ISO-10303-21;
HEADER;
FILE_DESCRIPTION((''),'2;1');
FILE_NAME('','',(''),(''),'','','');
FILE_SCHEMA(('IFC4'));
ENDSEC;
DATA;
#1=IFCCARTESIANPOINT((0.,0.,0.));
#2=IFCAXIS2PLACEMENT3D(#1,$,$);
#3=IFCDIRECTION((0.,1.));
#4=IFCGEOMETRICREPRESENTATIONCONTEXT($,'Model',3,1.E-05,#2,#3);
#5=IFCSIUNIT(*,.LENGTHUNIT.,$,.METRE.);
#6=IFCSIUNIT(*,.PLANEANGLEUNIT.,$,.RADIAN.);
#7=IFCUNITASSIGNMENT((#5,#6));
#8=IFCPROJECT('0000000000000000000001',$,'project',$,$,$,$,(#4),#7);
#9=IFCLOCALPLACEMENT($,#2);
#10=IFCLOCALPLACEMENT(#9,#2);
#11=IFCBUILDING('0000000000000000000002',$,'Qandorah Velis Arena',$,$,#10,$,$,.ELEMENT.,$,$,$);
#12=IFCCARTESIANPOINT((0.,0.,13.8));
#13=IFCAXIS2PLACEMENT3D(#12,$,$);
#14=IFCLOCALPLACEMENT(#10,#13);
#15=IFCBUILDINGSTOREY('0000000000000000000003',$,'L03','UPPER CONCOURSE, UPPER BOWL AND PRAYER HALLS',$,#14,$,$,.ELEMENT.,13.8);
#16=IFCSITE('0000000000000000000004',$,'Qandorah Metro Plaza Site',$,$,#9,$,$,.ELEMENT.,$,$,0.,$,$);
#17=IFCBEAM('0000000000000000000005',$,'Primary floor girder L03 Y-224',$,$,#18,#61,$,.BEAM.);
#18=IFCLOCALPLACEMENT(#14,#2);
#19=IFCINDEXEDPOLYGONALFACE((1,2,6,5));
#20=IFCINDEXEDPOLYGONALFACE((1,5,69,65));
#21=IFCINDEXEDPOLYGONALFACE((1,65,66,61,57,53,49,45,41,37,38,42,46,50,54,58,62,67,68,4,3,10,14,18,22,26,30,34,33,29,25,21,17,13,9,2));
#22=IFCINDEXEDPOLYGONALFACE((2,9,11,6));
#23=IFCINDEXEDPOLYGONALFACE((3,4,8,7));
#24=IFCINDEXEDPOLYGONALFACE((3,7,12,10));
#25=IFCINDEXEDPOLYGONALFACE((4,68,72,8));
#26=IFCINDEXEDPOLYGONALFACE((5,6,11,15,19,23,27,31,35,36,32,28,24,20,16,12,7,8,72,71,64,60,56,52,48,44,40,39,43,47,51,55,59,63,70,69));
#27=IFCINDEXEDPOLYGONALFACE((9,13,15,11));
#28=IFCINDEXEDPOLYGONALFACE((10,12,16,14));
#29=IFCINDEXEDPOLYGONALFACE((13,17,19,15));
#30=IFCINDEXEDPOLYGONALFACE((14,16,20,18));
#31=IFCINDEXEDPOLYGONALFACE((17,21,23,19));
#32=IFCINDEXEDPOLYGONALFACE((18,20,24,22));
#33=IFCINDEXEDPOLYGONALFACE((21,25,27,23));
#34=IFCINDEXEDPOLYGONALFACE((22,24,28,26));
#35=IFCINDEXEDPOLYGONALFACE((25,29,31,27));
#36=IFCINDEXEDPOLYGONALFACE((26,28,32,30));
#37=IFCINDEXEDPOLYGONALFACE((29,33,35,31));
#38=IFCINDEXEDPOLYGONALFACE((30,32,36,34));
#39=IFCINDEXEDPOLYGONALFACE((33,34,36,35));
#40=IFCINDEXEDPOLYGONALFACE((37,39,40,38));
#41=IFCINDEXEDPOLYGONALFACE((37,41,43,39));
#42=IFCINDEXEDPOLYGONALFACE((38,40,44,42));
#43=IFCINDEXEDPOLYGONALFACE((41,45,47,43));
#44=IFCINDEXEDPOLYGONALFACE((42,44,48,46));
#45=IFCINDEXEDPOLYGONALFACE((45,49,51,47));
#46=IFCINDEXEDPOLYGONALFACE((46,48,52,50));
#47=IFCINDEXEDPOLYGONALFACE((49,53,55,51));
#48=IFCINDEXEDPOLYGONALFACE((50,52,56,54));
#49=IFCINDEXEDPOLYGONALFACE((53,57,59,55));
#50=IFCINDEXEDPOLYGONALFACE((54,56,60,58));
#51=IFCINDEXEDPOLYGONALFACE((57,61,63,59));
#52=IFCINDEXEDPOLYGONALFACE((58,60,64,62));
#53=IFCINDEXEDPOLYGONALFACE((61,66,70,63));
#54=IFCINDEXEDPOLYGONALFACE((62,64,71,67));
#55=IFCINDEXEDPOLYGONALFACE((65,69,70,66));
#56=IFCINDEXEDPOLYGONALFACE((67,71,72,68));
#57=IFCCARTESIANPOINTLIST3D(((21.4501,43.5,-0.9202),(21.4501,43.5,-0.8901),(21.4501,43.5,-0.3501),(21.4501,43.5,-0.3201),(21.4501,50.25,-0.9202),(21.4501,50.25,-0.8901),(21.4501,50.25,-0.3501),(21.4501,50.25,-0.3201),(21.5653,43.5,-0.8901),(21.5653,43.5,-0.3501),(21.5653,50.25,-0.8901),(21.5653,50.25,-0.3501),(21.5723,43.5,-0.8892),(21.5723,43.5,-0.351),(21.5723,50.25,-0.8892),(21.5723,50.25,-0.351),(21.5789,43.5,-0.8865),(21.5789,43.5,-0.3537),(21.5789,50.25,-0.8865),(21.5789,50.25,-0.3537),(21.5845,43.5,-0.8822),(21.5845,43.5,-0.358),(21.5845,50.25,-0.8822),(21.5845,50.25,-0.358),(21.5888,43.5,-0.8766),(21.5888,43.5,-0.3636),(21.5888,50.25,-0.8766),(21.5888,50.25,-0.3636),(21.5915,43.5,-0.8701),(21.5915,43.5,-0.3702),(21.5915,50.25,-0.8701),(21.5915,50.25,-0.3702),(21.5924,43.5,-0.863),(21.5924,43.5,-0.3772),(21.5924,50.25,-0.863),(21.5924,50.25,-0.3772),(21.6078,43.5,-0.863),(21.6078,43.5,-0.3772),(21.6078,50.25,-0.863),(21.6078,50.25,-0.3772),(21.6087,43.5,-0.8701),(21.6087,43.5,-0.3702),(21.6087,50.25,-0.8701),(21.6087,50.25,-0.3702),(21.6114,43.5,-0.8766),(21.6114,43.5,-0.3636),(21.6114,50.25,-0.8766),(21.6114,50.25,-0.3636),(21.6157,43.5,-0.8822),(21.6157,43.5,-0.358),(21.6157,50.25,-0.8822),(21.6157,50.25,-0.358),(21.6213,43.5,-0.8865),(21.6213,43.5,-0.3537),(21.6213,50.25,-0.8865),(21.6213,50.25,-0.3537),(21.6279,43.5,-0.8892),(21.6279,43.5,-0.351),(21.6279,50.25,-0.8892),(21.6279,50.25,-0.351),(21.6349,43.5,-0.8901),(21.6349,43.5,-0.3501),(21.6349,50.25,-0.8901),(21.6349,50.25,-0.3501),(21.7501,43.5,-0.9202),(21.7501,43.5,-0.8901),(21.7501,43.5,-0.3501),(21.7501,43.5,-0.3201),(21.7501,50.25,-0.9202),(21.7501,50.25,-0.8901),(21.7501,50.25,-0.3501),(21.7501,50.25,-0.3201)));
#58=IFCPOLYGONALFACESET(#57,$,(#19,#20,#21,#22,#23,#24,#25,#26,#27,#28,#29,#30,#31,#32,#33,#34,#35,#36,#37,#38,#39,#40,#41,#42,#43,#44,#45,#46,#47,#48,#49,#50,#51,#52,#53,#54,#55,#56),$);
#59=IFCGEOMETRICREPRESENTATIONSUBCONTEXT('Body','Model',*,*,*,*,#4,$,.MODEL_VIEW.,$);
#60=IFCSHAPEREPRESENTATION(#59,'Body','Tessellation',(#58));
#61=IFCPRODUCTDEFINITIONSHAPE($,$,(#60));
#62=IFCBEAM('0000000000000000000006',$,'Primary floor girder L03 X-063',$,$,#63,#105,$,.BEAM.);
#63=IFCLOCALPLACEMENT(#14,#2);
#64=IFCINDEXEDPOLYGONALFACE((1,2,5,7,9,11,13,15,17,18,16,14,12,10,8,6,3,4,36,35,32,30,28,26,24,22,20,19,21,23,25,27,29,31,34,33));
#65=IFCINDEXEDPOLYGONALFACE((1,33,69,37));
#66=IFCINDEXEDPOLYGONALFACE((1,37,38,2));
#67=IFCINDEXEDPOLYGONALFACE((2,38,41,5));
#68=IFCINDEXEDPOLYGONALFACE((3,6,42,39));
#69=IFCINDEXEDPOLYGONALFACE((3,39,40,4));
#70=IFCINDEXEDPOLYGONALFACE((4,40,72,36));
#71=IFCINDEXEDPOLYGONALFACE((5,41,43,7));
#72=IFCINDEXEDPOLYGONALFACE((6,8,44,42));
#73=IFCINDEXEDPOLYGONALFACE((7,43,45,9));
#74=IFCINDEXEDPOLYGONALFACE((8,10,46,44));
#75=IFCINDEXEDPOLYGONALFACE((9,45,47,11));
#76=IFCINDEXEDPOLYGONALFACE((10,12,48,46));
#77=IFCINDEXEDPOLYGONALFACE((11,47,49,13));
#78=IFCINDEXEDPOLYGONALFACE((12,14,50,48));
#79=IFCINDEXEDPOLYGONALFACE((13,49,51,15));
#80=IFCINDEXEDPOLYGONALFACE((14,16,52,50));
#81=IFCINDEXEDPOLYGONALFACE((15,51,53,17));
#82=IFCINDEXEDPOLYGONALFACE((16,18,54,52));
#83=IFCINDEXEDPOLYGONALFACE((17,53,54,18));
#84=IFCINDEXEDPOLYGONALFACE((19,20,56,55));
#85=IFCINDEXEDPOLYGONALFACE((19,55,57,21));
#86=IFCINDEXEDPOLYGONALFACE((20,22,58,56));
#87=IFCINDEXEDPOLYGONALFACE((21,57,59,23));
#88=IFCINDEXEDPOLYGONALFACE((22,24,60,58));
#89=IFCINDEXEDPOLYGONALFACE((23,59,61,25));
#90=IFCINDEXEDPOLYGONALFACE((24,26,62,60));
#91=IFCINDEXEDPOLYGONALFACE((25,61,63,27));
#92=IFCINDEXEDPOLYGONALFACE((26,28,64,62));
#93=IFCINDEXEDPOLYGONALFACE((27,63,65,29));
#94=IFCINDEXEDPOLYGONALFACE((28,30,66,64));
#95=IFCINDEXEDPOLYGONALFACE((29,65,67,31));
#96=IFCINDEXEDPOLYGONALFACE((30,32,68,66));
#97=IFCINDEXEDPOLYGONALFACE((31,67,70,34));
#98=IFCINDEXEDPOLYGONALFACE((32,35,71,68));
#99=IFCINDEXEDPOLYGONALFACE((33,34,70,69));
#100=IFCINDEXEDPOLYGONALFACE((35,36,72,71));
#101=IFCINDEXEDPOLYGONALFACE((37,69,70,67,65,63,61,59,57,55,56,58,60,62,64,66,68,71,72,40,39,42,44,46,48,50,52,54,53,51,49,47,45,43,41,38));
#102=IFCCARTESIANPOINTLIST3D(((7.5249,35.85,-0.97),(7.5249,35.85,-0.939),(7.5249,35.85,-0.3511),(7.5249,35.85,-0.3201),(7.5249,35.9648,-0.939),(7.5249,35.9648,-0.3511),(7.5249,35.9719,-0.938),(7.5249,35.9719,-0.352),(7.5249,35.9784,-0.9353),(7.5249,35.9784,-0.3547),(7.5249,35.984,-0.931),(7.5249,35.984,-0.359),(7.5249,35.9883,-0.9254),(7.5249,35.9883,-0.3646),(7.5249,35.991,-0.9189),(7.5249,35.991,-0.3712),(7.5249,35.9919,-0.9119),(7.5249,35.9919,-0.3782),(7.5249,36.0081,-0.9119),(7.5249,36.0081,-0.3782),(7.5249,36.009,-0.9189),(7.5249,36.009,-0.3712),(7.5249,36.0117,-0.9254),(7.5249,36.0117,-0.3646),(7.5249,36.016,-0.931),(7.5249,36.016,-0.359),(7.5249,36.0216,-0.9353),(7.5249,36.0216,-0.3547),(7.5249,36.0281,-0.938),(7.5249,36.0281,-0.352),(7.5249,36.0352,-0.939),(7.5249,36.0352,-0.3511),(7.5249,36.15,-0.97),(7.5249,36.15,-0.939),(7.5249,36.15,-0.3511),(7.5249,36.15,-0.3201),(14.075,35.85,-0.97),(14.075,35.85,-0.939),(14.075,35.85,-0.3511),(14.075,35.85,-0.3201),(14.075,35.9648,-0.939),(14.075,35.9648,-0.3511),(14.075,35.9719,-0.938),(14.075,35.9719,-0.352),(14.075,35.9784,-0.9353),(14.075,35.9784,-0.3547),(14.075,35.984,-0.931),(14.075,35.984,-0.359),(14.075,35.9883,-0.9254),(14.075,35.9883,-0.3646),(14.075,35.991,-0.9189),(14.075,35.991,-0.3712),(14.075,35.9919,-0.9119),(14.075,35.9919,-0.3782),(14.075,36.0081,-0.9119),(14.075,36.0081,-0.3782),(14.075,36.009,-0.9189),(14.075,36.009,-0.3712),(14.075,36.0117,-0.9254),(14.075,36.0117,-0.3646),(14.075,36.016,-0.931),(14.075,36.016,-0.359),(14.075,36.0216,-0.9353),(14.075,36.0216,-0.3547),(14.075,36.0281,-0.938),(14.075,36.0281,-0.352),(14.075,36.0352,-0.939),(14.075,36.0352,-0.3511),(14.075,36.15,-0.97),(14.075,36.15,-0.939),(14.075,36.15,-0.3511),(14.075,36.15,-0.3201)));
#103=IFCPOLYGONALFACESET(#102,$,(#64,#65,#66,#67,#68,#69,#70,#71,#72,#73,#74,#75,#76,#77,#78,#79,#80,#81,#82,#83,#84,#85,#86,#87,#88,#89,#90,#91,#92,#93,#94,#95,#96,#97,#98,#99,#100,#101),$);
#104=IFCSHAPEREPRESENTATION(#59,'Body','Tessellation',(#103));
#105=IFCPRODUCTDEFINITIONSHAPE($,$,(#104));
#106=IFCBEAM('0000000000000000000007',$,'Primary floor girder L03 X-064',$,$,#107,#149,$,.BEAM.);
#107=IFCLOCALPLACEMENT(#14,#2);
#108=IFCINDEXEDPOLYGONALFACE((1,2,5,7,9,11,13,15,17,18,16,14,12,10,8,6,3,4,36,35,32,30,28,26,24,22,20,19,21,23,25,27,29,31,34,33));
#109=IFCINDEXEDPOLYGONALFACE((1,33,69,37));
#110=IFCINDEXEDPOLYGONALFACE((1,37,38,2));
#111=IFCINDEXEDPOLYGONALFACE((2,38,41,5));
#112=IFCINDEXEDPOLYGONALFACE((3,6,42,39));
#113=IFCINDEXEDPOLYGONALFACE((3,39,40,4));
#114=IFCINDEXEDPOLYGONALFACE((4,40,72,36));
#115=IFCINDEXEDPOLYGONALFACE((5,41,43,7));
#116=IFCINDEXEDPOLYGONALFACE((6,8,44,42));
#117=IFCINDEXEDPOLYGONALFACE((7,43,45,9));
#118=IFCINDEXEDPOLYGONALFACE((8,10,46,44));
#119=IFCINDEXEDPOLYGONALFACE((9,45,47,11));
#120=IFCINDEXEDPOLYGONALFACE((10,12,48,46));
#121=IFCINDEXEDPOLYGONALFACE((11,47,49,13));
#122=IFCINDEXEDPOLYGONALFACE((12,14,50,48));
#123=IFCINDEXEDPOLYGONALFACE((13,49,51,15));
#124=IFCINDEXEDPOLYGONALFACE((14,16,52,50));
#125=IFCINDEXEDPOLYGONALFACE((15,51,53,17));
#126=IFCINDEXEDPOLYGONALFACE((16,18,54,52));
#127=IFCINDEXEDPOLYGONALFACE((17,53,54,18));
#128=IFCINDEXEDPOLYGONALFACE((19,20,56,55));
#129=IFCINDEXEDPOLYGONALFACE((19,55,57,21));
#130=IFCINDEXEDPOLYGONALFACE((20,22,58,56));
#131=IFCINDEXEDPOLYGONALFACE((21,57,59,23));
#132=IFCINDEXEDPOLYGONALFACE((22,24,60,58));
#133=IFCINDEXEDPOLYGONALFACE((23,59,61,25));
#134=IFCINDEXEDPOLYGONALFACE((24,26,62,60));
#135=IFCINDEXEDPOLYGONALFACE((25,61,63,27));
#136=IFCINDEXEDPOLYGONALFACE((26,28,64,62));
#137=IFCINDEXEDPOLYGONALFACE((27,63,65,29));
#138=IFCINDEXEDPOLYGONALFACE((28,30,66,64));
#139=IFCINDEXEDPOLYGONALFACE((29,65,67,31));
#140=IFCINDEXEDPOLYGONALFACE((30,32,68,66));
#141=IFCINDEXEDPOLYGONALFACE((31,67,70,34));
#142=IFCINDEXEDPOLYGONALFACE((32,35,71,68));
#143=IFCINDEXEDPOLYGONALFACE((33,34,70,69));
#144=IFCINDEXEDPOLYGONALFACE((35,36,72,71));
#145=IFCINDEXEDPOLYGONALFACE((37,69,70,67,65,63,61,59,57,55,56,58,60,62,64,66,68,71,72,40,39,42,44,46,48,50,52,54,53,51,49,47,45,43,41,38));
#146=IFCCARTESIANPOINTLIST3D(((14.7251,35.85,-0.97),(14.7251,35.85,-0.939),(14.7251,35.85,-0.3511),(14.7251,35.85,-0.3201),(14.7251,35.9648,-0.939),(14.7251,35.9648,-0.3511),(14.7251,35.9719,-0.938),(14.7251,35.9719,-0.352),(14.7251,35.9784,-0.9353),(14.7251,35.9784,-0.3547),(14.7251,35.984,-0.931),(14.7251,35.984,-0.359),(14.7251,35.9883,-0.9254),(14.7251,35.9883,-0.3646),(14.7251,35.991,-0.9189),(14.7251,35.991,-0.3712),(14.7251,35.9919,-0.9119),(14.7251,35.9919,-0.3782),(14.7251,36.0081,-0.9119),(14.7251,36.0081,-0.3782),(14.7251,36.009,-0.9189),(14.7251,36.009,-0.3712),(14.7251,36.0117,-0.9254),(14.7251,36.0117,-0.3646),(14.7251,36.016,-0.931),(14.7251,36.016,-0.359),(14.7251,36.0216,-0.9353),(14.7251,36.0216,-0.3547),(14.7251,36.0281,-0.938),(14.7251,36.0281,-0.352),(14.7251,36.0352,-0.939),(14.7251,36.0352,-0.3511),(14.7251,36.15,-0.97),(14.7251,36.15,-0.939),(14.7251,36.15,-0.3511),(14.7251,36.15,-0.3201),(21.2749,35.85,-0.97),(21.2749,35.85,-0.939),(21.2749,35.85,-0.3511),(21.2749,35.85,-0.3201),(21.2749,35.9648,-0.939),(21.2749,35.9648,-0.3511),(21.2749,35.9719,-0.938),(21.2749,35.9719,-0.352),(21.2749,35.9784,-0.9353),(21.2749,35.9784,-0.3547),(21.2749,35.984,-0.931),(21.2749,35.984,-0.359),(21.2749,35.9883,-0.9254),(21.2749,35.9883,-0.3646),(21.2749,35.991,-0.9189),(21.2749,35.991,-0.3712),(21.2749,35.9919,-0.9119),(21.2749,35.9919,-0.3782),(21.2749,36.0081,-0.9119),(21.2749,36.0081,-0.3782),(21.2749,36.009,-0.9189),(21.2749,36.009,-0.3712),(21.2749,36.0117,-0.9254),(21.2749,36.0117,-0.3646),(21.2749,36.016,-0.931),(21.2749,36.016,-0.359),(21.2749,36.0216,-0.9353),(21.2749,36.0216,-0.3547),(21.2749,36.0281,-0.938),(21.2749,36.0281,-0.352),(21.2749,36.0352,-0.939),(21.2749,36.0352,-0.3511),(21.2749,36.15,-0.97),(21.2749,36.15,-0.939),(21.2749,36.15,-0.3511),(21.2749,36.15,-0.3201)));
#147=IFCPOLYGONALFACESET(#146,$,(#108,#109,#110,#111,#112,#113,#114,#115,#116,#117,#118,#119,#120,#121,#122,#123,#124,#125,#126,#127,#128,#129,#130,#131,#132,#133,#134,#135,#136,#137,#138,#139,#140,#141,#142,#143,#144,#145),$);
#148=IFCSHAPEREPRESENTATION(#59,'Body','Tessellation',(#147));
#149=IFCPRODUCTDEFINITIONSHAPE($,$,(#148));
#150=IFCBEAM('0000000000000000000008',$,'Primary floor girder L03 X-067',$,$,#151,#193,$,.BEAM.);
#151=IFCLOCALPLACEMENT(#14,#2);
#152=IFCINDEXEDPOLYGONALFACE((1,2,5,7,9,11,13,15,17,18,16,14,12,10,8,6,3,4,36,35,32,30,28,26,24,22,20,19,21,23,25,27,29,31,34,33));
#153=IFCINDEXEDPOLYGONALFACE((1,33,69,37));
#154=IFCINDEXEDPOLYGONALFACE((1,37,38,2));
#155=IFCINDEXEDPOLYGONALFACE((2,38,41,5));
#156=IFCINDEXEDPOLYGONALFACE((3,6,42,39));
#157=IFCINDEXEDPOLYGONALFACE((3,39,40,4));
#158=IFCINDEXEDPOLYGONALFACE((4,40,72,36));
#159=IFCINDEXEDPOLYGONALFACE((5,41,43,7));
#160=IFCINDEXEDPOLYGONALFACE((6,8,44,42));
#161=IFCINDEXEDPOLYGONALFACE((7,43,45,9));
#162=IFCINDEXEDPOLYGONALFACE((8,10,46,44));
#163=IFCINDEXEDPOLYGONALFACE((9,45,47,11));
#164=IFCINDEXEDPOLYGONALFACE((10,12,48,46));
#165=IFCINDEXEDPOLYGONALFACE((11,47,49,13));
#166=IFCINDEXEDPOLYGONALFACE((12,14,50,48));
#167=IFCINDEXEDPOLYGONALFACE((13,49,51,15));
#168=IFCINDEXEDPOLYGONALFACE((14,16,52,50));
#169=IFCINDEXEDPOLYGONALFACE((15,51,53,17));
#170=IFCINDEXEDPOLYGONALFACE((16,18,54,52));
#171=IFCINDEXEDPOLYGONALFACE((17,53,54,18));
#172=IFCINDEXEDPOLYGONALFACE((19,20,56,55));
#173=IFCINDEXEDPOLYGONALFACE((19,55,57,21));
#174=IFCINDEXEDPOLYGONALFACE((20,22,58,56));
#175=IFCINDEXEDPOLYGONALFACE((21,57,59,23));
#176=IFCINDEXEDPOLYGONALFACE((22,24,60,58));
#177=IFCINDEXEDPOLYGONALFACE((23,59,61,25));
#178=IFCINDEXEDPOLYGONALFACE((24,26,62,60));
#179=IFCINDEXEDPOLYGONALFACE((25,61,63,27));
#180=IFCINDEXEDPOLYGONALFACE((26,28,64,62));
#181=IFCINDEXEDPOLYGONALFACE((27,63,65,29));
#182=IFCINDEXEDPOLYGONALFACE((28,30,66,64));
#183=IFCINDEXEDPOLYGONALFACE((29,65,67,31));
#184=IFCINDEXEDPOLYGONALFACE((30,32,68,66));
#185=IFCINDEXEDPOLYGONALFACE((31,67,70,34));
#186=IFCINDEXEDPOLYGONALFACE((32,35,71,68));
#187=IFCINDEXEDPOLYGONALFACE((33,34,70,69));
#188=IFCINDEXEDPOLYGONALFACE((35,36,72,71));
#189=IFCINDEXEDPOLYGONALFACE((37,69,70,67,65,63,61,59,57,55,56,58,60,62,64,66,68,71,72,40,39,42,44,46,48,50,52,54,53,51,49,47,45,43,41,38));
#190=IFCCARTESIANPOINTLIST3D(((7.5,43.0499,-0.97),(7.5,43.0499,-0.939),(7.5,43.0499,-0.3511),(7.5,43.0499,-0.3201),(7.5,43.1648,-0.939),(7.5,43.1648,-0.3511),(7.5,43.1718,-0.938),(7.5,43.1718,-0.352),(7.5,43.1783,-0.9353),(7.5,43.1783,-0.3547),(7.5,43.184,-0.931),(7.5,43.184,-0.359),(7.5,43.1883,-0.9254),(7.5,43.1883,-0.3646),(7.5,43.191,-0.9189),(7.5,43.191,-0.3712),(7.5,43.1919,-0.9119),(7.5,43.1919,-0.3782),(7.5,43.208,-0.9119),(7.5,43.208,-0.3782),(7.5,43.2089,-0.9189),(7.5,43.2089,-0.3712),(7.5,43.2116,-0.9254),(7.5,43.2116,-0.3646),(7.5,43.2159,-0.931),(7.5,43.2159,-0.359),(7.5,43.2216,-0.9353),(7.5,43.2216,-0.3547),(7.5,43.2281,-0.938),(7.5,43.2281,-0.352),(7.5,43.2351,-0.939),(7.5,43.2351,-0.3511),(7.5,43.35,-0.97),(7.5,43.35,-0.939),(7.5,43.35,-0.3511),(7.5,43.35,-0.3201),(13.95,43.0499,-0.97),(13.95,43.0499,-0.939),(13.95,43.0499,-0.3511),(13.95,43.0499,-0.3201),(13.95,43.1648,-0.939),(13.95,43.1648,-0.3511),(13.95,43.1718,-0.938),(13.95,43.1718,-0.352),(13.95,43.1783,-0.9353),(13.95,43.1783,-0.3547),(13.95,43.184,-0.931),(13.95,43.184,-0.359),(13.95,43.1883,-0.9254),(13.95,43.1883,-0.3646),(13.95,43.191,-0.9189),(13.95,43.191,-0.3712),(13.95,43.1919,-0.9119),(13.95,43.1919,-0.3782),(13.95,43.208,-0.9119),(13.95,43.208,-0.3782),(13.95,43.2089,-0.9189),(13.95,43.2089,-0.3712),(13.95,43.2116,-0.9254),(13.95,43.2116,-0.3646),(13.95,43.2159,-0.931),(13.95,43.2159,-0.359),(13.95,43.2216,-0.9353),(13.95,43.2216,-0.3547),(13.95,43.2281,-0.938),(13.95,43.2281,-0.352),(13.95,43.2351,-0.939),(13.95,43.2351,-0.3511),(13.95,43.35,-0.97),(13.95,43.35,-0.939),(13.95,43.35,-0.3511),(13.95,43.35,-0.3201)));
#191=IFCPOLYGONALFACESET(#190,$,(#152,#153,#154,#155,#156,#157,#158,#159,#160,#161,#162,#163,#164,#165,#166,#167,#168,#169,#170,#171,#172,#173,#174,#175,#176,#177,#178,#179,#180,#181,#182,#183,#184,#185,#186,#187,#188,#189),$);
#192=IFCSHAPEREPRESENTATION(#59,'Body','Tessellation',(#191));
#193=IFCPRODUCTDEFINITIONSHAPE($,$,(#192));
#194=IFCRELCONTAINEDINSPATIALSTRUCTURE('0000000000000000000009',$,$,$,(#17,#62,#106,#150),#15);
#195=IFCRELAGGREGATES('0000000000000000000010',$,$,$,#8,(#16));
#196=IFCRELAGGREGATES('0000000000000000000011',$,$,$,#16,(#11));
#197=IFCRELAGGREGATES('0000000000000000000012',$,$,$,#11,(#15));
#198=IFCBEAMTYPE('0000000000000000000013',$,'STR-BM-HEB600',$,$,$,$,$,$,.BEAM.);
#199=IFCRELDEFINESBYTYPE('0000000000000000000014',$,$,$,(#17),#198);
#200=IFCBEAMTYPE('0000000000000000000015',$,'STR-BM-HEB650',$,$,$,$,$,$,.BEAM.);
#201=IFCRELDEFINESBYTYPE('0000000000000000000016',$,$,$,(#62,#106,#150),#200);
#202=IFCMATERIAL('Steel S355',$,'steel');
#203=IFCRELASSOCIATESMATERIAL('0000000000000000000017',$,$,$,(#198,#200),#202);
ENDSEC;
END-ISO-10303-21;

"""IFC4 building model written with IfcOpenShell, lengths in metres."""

from ifc_helpers import new_model, si_unit, direction, frame, origin, origin_2d, place, context, subcontext, project, spatial, i_section, extrude, material, material_profile, profile_set, type_object, element, save


model = new_model("IFC4")

# Units and contexts
model_context = context("Model", 3, precision=1e-05, world=origin(), true_north=direction((0.0, 1.0)))
body_context = subcontext(model_context, "Body", "Model", "MODEL_VIEW")
ifc_project = project(units=[si_unit("LENGTHUNIT", "METRE"), si_unit("PLANEANGLEUNIT", "RADIAN")], contexts=[model_context])

# Site, building, storey
site_placement = place(None, origin())
site = spatial("IfcSite", under=ifc_project, at=site_placement, Name="Qandorah Metro Plaza Site", CompositionType="ELEMENT", RefElevation=0.0)
building_placement = place(site_placement, origin())
building = spatial("IfcBuilding", under=site, at=building_placement, Name="Qandorah Velis Arena", CompositionType="ELEMENT")
storey_placement = place(building_placement, frame((0.0, 0.0, 13.8)))
storey = spatial("IfcBuildingStorey", under=building, at=storey_placement, Name="L03", Description="UPPER CONCOURSE, UPPER BOWL AND PRAYER HALLS", CompositionType="ELEMENT", Elevation=13.8)

# Beams
ifc_material_1 = material(Name="Steel S355", Category="steel")
ifc_material_profile_1 = material_profile(ifc_material_1, i_section(OverallWidth=0.3, OverallDepth=0.6001, WebThickness=0.0154, FlangeThickness=0.03, FilletRadius=0.0271, at=origin_2d()), Name="HEB 600")
ifc_profile_set_1 = profile_set([ifc_material_profile_1], Name="Steel S355")
beam_type_1 = type_object("IfcBeamType", Name="STR-BM-HEB600", PredefinedType="BEAM", material=ifc_profile_set_1)
beam_1_placement = place(storey_placement, frame((21.6001, 43.5, -0.6201), z_axis=(0.0, 1.0, 0.0), x_axis=(-1.0, 0.0, 0.0)))
element("IfcBeam", 1, at=beam_1_placement, inside=storey, type_object=beam_type_1, Name="Primary floor girder L03 Y-224", PredefinedType="BEAM", context=body_context, shape_type="SweptSolid", body=[
    extrude(i_section(OverallWidth=0.3, OverallDepth=0.6001, WebThickness=0.0154, FlangeThickness=0.03, FilletRadius=0.0271, at=origin_2d()), origin(), (0.0, 0.0, 1.0), 6.75),
])
ifc_material_profile_2 = material_profile(ifc_material_1, i_section(OverallWidth=0.3, OverallDepth=0.6499, WebThickness=0.0161, FlangeThickness=0.031, FilletRadius=0.0271, at=origin_2d()), Name="HEB 650")
ifc_profile_set_2 = profile_set([ifc_material_profile_2], Name="Steel S355")
beam_type_2 = type_object("IfcBeamType", Name="STR-BM-HEB650", PredefinedType="BEAM", material=ifc_profile_set_2)
beam_2_placement = place(storey_placement, frame((7.5249, 36.0, -0.645), z_axis=(1.0, 0.0, 0.0), x_axis=(0.0, 1.0, 0.0)))
element("IfcBeam", 2, at=beam_2_placement, inside=storey, type_object=beam_type_2, Name="Primary floor girder L03 X-063", PredefinedType="BEAM", context=body_context, shape_type="SweptSolid", body=[
    extrude(i_section(OverallWidth=0.3, OverallDepth=0.6499, WebThickness=0.0161, FlangeThickness=0.031, FilletRadius=0.0271, at=origin_2d()), origin(), (0.0, 0.0, 1.0), 6.55),
])
beam_3_placement = place(storey_placement, frame((14.7251, 36.0, -0.645), z_axis=(1.0, 0.0, 0.0), x_axis=(0.0, 1.0, 0.0)))
element("IfcBeam", 3, at=beam_3_placement, inside=storey, type_object=beam_type_2, Name="Primary floor girder L03 X-064", PredefinedType="BEAM", context=body_context, shape_type="SweptSolid", body=[
    extrude(i_section(OverallWidth=0.3, OverallDepth=0.6499, WebThickness=0.0161, FlangeThickness=0.031, FilletRadius=0.0271, at=origin_2d()), origin(), (0.0, 0.0, 1.0), 6.5498),
])
for number, where, z_axis, x_axis, name in (
    (4, (7.5, 43.2, -0.645), (1.0, 0.0, 0.0), (0.0, 1.0, 0.0), "Primary floor girder L03 X-067"),
):
    element("IfcBeam", number, at=place(storey_placement, frame(where, z_axis=z_axis, x_axis=x_axis)), inside=storey, type_object=beam_type_2, Name=name, PredefinedType="BEAM", context=body_context, shape_type="SweptSolid", body=[
        extrude(i_section(OverallWidth=0.3, OverallDepth=0.6499, WebThickness=0.0161, FlangeThickness=0.031, FilletRadius=0.0271, at=origin_2d()), origin(), (0.0, 0.0, 1.0), 6.45),
    ])

save(model, "model.ifc")
